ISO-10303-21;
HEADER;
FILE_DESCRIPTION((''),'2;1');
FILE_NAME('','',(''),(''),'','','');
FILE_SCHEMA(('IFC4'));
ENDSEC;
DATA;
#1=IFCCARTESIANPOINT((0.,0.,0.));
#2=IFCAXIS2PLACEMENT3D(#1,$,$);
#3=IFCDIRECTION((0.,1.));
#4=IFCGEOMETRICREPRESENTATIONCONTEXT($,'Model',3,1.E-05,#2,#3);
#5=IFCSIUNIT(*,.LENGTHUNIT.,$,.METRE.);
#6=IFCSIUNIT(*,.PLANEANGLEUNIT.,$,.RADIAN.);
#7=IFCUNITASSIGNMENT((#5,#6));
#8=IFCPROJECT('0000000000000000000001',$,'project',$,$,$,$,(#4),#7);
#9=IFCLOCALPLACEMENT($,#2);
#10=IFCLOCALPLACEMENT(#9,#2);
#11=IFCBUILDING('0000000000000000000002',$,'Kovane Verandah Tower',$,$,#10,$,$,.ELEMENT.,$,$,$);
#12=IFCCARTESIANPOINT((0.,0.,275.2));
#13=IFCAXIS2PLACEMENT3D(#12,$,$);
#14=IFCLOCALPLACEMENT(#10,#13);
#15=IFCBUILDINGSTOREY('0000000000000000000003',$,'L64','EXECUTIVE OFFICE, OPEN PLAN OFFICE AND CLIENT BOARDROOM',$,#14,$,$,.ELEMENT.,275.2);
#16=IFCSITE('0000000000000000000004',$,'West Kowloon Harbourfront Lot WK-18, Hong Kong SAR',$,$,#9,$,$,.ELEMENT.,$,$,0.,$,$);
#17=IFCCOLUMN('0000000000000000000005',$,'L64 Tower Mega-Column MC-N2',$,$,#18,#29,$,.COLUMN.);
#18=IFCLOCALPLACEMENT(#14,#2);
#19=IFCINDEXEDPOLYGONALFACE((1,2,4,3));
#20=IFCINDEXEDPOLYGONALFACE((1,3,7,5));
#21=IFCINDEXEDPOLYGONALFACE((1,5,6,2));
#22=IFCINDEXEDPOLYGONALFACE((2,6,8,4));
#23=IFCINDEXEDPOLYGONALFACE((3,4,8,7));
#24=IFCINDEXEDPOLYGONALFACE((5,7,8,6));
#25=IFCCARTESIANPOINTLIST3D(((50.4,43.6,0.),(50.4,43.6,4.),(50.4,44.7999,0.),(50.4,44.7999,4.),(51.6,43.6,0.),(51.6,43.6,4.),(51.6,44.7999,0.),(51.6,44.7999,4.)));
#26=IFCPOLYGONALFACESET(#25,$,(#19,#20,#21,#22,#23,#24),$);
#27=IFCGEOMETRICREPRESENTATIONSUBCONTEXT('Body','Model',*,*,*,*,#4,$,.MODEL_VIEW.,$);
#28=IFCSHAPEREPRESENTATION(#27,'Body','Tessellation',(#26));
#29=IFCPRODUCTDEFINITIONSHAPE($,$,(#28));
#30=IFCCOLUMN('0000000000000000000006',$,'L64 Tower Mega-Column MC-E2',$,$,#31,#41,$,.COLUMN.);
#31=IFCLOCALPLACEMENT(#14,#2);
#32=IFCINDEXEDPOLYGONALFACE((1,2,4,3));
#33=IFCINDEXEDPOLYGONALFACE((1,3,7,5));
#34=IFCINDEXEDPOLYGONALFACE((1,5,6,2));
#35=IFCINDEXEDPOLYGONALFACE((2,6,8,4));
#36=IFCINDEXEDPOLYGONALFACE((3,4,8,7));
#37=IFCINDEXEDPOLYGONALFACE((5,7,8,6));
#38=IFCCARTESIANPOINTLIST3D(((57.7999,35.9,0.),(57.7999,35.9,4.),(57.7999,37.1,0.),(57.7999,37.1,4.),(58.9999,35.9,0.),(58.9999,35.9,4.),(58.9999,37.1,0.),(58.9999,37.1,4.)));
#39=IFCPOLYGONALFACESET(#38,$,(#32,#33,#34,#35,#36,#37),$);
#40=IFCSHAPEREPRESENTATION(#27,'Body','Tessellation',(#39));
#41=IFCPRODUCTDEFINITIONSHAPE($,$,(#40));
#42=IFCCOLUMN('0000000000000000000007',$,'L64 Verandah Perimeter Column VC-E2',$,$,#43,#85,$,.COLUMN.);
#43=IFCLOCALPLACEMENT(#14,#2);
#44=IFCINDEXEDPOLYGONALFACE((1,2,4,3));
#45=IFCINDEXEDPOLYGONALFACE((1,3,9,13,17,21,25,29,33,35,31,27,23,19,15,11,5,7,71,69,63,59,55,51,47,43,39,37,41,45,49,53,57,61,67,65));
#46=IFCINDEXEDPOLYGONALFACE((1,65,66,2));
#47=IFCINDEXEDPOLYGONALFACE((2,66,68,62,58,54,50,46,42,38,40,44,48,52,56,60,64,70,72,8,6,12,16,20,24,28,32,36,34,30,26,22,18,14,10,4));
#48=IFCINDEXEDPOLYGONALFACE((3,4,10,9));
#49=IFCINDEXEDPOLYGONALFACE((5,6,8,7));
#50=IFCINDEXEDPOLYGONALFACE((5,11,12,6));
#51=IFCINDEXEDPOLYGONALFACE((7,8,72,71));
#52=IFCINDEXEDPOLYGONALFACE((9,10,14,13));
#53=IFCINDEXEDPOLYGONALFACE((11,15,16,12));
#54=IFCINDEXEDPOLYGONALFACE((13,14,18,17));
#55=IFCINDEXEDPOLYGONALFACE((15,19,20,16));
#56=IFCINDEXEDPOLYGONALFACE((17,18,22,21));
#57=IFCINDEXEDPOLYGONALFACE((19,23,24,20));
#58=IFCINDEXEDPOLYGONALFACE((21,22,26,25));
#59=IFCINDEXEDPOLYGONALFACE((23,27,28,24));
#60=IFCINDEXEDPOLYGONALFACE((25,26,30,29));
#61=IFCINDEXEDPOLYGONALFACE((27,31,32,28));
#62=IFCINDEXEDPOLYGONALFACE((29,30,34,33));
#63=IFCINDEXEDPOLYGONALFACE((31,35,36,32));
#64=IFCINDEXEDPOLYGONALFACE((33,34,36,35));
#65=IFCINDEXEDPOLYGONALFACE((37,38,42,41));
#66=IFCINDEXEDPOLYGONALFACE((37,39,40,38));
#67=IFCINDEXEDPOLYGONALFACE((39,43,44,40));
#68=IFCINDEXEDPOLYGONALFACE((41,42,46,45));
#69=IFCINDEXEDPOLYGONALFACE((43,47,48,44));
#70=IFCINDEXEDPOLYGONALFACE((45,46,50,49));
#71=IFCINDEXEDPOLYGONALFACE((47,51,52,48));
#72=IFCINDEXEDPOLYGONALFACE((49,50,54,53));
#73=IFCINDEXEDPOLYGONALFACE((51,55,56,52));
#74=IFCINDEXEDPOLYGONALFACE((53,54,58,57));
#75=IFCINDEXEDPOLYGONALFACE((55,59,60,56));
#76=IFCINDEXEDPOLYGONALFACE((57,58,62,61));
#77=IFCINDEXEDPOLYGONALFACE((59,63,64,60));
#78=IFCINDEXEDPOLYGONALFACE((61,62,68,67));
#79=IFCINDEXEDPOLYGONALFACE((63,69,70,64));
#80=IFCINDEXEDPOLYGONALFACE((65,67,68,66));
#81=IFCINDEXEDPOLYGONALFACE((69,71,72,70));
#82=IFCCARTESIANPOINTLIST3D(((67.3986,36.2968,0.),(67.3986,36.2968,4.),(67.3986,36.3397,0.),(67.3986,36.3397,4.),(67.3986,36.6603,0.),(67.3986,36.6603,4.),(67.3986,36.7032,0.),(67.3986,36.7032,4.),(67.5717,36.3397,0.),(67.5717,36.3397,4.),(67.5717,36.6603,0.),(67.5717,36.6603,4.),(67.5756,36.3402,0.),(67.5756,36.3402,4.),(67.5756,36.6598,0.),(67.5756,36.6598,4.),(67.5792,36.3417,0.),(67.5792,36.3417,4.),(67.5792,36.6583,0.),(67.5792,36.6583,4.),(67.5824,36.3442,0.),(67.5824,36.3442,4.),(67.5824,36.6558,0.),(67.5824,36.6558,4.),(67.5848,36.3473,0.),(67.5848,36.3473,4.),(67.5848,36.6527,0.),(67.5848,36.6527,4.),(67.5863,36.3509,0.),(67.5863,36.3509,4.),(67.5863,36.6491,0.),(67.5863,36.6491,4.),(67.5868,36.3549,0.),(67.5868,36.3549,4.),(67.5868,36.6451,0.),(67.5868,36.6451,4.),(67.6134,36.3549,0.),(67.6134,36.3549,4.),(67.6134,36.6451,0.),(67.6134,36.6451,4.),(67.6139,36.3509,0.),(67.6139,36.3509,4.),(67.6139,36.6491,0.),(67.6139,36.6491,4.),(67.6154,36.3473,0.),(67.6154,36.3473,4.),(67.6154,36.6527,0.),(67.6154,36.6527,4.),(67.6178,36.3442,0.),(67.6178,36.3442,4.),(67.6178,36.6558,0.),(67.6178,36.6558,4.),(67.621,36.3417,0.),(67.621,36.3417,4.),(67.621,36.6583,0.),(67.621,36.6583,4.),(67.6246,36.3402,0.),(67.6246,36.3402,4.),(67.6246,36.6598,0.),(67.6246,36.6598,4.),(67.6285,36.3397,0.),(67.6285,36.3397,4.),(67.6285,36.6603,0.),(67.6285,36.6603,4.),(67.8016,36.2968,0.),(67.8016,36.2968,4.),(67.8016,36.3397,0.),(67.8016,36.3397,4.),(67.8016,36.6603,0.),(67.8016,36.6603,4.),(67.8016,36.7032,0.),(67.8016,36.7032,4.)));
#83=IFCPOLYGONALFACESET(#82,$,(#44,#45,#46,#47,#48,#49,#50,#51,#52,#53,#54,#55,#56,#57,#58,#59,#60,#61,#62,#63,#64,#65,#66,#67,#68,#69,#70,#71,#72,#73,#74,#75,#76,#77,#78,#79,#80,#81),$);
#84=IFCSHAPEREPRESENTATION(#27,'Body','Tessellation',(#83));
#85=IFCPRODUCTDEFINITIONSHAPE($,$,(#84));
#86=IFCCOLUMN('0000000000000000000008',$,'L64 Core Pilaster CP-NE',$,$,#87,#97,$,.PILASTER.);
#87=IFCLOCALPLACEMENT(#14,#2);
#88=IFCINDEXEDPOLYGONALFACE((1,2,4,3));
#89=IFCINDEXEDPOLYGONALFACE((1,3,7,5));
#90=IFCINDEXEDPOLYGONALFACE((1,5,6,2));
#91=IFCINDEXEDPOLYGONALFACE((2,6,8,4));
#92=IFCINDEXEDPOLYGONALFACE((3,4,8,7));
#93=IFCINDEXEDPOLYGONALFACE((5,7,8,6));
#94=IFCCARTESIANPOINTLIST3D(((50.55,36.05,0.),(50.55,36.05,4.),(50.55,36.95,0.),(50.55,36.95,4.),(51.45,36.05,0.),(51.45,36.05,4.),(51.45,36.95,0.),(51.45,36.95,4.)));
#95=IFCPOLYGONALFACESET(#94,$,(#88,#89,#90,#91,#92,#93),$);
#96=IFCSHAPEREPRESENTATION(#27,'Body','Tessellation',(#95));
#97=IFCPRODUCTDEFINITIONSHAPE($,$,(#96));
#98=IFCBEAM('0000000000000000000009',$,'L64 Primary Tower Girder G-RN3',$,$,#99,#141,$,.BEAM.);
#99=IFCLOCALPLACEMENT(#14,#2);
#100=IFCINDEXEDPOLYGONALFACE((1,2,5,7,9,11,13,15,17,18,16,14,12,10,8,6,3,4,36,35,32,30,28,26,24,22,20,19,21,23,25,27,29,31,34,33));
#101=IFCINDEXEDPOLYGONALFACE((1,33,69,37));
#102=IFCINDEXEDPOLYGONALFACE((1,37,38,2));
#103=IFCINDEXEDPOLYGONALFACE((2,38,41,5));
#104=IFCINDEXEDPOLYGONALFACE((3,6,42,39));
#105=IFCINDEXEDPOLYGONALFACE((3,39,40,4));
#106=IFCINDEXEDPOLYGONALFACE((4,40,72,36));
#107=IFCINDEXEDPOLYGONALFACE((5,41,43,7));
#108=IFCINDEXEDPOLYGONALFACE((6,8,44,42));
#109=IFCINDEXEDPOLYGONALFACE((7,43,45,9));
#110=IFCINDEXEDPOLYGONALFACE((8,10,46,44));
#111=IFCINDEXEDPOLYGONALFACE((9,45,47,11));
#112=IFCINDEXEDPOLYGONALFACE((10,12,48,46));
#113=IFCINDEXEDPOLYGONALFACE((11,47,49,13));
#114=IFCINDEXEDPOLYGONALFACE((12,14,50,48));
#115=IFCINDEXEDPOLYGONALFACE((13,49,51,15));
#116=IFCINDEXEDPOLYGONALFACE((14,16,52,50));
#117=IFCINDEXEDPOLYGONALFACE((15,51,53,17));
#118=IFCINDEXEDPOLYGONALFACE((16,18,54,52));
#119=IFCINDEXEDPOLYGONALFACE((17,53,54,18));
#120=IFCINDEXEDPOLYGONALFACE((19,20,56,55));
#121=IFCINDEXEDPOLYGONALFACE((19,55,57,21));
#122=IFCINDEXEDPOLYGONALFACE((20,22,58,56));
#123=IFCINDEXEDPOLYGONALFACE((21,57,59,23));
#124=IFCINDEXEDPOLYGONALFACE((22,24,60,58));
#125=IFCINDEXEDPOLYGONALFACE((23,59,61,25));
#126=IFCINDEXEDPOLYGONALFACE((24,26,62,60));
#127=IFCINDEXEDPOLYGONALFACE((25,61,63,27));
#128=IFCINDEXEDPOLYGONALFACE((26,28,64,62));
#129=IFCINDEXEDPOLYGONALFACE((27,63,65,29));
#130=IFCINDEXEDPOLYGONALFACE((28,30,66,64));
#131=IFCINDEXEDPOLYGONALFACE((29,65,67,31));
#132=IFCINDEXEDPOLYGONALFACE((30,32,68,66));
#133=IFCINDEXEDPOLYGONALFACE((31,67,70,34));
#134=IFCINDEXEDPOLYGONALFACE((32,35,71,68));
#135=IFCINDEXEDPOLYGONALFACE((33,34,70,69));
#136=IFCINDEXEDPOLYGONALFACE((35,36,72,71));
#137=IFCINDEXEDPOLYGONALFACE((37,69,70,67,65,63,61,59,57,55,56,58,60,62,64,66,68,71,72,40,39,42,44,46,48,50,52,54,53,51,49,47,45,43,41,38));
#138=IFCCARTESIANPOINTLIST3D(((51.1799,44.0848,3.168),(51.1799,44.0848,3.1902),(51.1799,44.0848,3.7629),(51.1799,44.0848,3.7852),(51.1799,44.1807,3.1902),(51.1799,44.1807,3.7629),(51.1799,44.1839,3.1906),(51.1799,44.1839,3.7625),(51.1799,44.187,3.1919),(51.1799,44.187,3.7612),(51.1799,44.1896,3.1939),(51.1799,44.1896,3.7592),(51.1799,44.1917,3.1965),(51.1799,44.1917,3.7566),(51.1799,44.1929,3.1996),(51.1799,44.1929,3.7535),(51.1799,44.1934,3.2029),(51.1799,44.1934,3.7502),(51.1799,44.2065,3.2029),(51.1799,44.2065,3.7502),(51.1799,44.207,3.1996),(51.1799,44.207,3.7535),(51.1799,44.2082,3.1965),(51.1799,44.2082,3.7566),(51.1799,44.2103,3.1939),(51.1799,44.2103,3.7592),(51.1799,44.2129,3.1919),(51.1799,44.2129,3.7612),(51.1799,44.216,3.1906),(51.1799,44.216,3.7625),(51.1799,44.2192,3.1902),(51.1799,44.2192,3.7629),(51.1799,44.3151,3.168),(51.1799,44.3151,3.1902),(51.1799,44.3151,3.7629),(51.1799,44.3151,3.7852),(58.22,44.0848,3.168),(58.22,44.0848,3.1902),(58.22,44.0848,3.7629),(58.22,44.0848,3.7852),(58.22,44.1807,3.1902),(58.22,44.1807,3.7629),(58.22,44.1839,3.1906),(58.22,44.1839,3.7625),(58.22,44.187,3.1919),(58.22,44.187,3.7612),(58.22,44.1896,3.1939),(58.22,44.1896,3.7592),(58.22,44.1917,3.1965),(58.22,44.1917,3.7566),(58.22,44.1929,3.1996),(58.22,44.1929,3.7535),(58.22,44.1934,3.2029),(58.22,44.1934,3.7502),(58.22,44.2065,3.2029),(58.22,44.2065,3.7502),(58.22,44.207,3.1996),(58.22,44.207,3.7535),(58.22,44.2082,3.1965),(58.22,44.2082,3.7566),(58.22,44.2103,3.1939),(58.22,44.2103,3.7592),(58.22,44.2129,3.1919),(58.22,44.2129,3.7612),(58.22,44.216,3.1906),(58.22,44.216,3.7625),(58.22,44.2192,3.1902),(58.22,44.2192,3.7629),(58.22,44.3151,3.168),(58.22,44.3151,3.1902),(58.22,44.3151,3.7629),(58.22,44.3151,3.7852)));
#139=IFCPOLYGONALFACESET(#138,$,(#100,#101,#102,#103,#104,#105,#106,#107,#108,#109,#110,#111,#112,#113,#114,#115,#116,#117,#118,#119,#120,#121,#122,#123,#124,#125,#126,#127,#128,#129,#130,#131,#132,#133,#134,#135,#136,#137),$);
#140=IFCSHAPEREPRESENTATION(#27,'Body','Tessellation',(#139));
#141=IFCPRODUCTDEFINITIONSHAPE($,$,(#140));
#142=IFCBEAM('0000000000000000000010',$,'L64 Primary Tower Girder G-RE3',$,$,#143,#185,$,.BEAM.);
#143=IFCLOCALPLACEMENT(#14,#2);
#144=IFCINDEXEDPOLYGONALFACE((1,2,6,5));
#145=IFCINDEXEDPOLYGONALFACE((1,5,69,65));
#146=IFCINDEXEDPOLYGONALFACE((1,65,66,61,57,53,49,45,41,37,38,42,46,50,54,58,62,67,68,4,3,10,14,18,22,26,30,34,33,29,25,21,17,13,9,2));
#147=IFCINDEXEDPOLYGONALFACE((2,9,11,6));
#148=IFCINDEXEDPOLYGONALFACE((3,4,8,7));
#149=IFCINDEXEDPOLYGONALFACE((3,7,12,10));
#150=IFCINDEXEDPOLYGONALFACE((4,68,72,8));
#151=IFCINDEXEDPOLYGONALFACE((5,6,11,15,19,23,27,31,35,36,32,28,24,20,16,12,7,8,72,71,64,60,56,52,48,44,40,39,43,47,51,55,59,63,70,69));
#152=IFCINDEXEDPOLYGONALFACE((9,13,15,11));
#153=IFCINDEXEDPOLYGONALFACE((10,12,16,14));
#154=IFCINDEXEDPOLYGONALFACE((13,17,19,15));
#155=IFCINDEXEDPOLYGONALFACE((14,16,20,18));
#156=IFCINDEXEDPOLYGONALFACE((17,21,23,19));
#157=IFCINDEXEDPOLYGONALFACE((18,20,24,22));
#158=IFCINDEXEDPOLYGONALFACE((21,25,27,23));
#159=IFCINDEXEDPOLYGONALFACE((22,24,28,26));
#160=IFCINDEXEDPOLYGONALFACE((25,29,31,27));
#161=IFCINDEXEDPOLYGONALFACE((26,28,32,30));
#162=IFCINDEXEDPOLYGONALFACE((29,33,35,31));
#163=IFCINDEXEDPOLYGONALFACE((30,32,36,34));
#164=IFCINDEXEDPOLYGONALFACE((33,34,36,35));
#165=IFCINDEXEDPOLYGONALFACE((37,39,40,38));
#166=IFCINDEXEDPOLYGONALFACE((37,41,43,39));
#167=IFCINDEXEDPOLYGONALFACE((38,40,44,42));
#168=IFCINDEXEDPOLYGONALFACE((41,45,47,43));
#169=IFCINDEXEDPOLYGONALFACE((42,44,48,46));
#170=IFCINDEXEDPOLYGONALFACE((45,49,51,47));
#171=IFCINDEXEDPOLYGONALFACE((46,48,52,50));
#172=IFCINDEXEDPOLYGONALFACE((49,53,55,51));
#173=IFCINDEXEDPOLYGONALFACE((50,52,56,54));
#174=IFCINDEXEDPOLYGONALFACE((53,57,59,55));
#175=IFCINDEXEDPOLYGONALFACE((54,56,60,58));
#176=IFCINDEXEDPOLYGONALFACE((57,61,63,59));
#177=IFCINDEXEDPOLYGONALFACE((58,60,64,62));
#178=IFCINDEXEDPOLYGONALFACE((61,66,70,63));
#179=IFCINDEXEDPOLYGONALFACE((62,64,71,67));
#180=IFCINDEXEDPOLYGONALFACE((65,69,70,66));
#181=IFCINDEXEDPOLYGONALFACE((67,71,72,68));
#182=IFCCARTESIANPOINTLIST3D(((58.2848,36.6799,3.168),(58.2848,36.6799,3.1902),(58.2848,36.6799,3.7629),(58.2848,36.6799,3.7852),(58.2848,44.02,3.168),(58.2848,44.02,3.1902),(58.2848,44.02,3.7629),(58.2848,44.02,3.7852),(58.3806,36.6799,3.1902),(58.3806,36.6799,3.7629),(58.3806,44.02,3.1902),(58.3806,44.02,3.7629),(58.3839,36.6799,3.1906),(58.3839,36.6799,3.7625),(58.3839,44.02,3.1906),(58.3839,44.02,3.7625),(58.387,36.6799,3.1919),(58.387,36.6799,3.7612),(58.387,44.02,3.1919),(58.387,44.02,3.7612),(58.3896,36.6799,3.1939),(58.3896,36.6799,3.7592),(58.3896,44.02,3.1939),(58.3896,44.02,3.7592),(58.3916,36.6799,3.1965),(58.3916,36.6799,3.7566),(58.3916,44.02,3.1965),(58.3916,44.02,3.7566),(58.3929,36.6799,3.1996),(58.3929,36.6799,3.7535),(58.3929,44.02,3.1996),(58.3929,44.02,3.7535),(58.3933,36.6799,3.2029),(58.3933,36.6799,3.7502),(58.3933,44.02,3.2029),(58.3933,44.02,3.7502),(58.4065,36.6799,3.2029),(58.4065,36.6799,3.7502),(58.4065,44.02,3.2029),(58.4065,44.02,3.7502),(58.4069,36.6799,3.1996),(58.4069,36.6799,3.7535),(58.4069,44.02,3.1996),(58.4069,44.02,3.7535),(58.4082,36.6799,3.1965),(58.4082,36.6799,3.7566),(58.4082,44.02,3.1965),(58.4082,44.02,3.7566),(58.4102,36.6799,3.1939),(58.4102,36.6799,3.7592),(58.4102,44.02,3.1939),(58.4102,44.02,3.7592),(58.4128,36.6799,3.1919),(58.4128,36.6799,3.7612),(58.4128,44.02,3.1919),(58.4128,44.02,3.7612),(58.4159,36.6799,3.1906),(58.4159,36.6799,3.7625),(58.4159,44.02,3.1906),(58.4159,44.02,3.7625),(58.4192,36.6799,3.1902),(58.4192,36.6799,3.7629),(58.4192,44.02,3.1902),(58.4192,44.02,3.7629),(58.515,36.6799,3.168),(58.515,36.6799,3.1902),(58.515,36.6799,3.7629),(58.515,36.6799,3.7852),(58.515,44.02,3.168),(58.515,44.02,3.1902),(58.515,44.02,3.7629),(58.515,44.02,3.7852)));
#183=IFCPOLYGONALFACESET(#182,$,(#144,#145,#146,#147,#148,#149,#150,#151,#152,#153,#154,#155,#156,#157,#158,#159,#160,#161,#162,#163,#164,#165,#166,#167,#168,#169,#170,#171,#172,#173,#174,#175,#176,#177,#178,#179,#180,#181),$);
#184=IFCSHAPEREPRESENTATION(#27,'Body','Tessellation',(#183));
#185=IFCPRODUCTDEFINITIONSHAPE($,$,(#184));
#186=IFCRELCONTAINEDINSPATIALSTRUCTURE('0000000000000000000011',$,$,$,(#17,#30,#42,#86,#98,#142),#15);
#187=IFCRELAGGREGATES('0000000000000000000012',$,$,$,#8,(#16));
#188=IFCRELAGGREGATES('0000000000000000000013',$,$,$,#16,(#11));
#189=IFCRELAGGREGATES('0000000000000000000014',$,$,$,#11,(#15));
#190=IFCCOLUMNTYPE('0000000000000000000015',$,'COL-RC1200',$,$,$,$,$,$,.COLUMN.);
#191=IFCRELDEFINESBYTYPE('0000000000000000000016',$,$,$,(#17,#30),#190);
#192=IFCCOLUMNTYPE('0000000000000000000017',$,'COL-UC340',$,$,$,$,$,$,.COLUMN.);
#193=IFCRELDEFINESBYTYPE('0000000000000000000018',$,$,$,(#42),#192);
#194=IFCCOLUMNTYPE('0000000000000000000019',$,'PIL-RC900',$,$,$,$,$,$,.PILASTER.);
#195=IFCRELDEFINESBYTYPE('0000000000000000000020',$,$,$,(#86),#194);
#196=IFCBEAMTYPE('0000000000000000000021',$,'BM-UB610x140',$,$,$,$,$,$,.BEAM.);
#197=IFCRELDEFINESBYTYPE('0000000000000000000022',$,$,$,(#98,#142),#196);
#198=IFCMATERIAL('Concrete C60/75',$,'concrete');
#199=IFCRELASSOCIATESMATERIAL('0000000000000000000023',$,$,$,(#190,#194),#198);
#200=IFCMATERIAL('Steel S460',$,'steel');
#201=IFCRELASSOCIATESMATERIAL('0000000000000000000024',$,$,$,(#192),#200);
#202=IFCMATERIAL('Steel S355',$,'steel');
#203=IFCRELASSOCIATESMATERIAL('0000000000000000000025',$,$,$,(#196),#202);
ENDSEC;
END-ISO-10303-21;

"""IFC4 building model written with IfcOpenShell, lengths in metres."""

from ifc_helpers import new_model, si_unit, direction, frame, origin, origin_2d, place, context, subcontext, project, spatial, rectangle, i_section, extrude, material, material_profile, profile_set, type_object, element, save


model = new_model("IFC4")

# Units and contexts
model_context = context("Model", 3, precision=1e-05, world=origin(), true_north=direction((0.0, 1.0)))
body_context = subcontext(model_context, "Body", "Model", "MODEL_VIEW")
ifc_project = project(units=[si_unit("LENGTHUNIT", "METRE"), si_unit("PLANEANGLEUNIT", "RADIAN")], contexts=[model_context])

# Site, building, storey
site_placement = place(None, origin())
site = spatial("IfcSite", under=ifc_project, at=site_placement, Name="West Kowloon Harbourfront Lot WK-18, Hong Kong SAR", CompositionType="ELEMENT", RefElevation=0.0)
building_placement = place(site_placement, origin())
building = spatial("IfcBuilding", under=site, at=building_placement, Name="Kovane Verandah Tower", CompositionType="ELEMENT")
storey_placement = place(building_placement, frame((0.0, 0.0, 275.2)))
storey = spatial("IfcBuildingStorey", under=building, at=storey_placement, Name="L64", Description="EXECUTIVE OFFICE, OPEN PLAN OFFICE AND CLIENT BOARDROOM", CompositionType="ELEMENT", Elevation=275.2)

# Columns
ifc_material_1 = material(Name="Concrete C60/75", Category="concrete")
ifc_material_profile_1 = material_profile(ifc_material_1, rectangle(XDim=1.2, YDim=1.2, at=origin_2d()), Name="RC1200x1200")
ifc_profile_set_1 = profile_set([ifc_material_profile_1], Name="Concrete C60/75")
column_type_1 = type_object("IfcColumnType", Name="COL-RC1200", PredefinedType="COLUMN", material=ifc_profile_set_1)
for number, where, z_axis, x_axis, name in (
    (1, (51.0, 44.2, 0.0), (0.0, 0.0, 1.0), (1.0, 0.0, 0.0), "L64 Tower Mega-Column MC-N2"),
    (2, (58.3999, 36.5, 0.0), (0.0, 0.0, 1.0), (1.0, 0.0, 0.0), "L64 Tower Mega-Column MC-E2"),
):
    element("IfcColumn", number, at=place(storey_placement, frame(where, z_axis=z_axis, x_axis=x_axis)), inside=storey, type_object=column_type_1, Name=name, PredefinedType="COLUMN", context=body_context, shape_type="SweptSolid", body=[
        extrude(rectangle(XDim=1.2, YDim=1.2, at=origin_2d()), origin(), (0.0, 0.0, 1.0), 4.0),
    ])
ifc_material_2 = material(Name="Steel S460", Category="steel")
ifc_material_profile_2 = material_profile(ifc_material_2, i_section(OverallWidth=0.4031, OverallDepth=0.4065, WebThickness=0.0266, FlangeThickness=0.043, FilletRadius=0.0151, at=origin_2d()), Name="UC356x406x340")
ifc_profile_set_2 = profile_set([ifc_material_profile_2], Name="Steel S460")
column_type_2 = type_object("IfcColumnType", Name="COL-UC340", PredefinedType="COLUMN", material=ifc_profile_set_2)
column_1_placement = place(storey_placement, frame((67.6001, 36.5, 0.0), z_axis=(0.0, 0.0, 1.0), x_axis=(1.0, 0.0, 0.0)))
element("IfcColumn", 3, at=column_1_placement, inside=storey, type_object=column_type_2, Name="L64 Verandah Perimeter Column VC-E2", PredefinedType="COLUMN", context=body_context, shape_type="SweptSolid", body=[
    extrude(i_section(OverallWidth=0.4031, OverallDepth=0.4065, WebThickness=0.0266, FlangeThickness=0.043, FilletRadius=0.0151, at=origin_2d()), origin(), (0.0, 0.0, 1.0), 4.0),
])
ifc_material_profile_3 = material_profile(ifc_material_1, rectangle(XDim=0.8999, YDim=0.8999, at=origin_2d()), Name="RC900x900")
ifc_profile_set_3 = profile_set([ifc_material_profile_3], Name="Concrete C60/75")
column_type_3 = type_object("IfcColumnType", Name="PIL-RC900", PredefinedType="PILASTER", material=ifc_profile_set_3)
column_2_placement = place(storey_placement, frame((51.0, 36.5, 0.0), z_axis=(0.0, 0.0, 1.0), x_axis=(1.0, 0.0, 0.0)))
element("IfcColumn", 4, at=column_2_placement, inside=storey, type_object=column_type_3, Name="L64 Core Pilaster CP-NE", PredefinedType="PILASTER", context=body_context, shape_type="SweptSolid", body=[
    extrude(rectangle(XDim=0.8999, YDim=0.8999, at=origin_2d()), origin(), (0.0, 0.0, 1.0), 4.0),
])

# Beams
ifc_material_3 = material(Name="Steel S355", Category="steel")
ifc_material_profile_4 = material_profile(ifc_material_3, i_section(OverallWidth=0.2302, OverallDepth=0.6172, WebThickness=0.0132, FlangeThickness=0.0222, FilletRadius=0.0127, at=origin_2d()), Name="UB610x229x140")
ifc_profile_set_4 = profile_set([ifc_material_profile_4], Name="Steel S355")
beam_type_1 = type_object("IfcBeamType", Name="BM-UB610x140", PredefinedType="BEAM", material=ifc_profile_set_4)
beam_1_placement = place(storey_placement, frame((51.1799, 44.2, 3.4766), z_axis=(1.0, 0.0, 0.0), x_axis=(0.0, 1.0, 0.0)))
element("IfcBeam", 5, at=beam_1_placement, inside=storey, type_object=beam_type_1, Name="L64 Primary Tower Girder G-RN3", PredefinedType="BEAM", context=body_context, shape_type="SweptSolid", body=[
    extrude(i_section(OverallWidth=0.2302, OverallDepth=0.6172, WebThickness=0.0132, FlangeThickness=0.0222, FilletRadius=0.0127, at=origin_2d()), origin(), (0.0, 0.0, 1.0), 7.04),
])
beam_2_placement = place(storey_placement, frame((58.3999, 36.6799, 3.4766), z_axis=(0.0, 1.0, 0.0), x_axis=(-1.0, 0.0, 0.0)))
element("IfcBeam", 6, at=beam_2_placement, inside=storey, type_object=beam_type_1, Name="L64 Primary Tower Girder G-RE3", PredefinedType="BEAM", context=body_context, shape_type="SweptSolid", body=[
    extrude(i_section(OverallWidth=0.2302, OverallDepth=0.6172, WebThickness=0.0132, FlangeThickness=0.0222, FilletRadius=0.0127, at=origin_2d()), origin(), (0.0, 0.0, 1.0), 7.3401),
])

save(model, "model.ifc")
